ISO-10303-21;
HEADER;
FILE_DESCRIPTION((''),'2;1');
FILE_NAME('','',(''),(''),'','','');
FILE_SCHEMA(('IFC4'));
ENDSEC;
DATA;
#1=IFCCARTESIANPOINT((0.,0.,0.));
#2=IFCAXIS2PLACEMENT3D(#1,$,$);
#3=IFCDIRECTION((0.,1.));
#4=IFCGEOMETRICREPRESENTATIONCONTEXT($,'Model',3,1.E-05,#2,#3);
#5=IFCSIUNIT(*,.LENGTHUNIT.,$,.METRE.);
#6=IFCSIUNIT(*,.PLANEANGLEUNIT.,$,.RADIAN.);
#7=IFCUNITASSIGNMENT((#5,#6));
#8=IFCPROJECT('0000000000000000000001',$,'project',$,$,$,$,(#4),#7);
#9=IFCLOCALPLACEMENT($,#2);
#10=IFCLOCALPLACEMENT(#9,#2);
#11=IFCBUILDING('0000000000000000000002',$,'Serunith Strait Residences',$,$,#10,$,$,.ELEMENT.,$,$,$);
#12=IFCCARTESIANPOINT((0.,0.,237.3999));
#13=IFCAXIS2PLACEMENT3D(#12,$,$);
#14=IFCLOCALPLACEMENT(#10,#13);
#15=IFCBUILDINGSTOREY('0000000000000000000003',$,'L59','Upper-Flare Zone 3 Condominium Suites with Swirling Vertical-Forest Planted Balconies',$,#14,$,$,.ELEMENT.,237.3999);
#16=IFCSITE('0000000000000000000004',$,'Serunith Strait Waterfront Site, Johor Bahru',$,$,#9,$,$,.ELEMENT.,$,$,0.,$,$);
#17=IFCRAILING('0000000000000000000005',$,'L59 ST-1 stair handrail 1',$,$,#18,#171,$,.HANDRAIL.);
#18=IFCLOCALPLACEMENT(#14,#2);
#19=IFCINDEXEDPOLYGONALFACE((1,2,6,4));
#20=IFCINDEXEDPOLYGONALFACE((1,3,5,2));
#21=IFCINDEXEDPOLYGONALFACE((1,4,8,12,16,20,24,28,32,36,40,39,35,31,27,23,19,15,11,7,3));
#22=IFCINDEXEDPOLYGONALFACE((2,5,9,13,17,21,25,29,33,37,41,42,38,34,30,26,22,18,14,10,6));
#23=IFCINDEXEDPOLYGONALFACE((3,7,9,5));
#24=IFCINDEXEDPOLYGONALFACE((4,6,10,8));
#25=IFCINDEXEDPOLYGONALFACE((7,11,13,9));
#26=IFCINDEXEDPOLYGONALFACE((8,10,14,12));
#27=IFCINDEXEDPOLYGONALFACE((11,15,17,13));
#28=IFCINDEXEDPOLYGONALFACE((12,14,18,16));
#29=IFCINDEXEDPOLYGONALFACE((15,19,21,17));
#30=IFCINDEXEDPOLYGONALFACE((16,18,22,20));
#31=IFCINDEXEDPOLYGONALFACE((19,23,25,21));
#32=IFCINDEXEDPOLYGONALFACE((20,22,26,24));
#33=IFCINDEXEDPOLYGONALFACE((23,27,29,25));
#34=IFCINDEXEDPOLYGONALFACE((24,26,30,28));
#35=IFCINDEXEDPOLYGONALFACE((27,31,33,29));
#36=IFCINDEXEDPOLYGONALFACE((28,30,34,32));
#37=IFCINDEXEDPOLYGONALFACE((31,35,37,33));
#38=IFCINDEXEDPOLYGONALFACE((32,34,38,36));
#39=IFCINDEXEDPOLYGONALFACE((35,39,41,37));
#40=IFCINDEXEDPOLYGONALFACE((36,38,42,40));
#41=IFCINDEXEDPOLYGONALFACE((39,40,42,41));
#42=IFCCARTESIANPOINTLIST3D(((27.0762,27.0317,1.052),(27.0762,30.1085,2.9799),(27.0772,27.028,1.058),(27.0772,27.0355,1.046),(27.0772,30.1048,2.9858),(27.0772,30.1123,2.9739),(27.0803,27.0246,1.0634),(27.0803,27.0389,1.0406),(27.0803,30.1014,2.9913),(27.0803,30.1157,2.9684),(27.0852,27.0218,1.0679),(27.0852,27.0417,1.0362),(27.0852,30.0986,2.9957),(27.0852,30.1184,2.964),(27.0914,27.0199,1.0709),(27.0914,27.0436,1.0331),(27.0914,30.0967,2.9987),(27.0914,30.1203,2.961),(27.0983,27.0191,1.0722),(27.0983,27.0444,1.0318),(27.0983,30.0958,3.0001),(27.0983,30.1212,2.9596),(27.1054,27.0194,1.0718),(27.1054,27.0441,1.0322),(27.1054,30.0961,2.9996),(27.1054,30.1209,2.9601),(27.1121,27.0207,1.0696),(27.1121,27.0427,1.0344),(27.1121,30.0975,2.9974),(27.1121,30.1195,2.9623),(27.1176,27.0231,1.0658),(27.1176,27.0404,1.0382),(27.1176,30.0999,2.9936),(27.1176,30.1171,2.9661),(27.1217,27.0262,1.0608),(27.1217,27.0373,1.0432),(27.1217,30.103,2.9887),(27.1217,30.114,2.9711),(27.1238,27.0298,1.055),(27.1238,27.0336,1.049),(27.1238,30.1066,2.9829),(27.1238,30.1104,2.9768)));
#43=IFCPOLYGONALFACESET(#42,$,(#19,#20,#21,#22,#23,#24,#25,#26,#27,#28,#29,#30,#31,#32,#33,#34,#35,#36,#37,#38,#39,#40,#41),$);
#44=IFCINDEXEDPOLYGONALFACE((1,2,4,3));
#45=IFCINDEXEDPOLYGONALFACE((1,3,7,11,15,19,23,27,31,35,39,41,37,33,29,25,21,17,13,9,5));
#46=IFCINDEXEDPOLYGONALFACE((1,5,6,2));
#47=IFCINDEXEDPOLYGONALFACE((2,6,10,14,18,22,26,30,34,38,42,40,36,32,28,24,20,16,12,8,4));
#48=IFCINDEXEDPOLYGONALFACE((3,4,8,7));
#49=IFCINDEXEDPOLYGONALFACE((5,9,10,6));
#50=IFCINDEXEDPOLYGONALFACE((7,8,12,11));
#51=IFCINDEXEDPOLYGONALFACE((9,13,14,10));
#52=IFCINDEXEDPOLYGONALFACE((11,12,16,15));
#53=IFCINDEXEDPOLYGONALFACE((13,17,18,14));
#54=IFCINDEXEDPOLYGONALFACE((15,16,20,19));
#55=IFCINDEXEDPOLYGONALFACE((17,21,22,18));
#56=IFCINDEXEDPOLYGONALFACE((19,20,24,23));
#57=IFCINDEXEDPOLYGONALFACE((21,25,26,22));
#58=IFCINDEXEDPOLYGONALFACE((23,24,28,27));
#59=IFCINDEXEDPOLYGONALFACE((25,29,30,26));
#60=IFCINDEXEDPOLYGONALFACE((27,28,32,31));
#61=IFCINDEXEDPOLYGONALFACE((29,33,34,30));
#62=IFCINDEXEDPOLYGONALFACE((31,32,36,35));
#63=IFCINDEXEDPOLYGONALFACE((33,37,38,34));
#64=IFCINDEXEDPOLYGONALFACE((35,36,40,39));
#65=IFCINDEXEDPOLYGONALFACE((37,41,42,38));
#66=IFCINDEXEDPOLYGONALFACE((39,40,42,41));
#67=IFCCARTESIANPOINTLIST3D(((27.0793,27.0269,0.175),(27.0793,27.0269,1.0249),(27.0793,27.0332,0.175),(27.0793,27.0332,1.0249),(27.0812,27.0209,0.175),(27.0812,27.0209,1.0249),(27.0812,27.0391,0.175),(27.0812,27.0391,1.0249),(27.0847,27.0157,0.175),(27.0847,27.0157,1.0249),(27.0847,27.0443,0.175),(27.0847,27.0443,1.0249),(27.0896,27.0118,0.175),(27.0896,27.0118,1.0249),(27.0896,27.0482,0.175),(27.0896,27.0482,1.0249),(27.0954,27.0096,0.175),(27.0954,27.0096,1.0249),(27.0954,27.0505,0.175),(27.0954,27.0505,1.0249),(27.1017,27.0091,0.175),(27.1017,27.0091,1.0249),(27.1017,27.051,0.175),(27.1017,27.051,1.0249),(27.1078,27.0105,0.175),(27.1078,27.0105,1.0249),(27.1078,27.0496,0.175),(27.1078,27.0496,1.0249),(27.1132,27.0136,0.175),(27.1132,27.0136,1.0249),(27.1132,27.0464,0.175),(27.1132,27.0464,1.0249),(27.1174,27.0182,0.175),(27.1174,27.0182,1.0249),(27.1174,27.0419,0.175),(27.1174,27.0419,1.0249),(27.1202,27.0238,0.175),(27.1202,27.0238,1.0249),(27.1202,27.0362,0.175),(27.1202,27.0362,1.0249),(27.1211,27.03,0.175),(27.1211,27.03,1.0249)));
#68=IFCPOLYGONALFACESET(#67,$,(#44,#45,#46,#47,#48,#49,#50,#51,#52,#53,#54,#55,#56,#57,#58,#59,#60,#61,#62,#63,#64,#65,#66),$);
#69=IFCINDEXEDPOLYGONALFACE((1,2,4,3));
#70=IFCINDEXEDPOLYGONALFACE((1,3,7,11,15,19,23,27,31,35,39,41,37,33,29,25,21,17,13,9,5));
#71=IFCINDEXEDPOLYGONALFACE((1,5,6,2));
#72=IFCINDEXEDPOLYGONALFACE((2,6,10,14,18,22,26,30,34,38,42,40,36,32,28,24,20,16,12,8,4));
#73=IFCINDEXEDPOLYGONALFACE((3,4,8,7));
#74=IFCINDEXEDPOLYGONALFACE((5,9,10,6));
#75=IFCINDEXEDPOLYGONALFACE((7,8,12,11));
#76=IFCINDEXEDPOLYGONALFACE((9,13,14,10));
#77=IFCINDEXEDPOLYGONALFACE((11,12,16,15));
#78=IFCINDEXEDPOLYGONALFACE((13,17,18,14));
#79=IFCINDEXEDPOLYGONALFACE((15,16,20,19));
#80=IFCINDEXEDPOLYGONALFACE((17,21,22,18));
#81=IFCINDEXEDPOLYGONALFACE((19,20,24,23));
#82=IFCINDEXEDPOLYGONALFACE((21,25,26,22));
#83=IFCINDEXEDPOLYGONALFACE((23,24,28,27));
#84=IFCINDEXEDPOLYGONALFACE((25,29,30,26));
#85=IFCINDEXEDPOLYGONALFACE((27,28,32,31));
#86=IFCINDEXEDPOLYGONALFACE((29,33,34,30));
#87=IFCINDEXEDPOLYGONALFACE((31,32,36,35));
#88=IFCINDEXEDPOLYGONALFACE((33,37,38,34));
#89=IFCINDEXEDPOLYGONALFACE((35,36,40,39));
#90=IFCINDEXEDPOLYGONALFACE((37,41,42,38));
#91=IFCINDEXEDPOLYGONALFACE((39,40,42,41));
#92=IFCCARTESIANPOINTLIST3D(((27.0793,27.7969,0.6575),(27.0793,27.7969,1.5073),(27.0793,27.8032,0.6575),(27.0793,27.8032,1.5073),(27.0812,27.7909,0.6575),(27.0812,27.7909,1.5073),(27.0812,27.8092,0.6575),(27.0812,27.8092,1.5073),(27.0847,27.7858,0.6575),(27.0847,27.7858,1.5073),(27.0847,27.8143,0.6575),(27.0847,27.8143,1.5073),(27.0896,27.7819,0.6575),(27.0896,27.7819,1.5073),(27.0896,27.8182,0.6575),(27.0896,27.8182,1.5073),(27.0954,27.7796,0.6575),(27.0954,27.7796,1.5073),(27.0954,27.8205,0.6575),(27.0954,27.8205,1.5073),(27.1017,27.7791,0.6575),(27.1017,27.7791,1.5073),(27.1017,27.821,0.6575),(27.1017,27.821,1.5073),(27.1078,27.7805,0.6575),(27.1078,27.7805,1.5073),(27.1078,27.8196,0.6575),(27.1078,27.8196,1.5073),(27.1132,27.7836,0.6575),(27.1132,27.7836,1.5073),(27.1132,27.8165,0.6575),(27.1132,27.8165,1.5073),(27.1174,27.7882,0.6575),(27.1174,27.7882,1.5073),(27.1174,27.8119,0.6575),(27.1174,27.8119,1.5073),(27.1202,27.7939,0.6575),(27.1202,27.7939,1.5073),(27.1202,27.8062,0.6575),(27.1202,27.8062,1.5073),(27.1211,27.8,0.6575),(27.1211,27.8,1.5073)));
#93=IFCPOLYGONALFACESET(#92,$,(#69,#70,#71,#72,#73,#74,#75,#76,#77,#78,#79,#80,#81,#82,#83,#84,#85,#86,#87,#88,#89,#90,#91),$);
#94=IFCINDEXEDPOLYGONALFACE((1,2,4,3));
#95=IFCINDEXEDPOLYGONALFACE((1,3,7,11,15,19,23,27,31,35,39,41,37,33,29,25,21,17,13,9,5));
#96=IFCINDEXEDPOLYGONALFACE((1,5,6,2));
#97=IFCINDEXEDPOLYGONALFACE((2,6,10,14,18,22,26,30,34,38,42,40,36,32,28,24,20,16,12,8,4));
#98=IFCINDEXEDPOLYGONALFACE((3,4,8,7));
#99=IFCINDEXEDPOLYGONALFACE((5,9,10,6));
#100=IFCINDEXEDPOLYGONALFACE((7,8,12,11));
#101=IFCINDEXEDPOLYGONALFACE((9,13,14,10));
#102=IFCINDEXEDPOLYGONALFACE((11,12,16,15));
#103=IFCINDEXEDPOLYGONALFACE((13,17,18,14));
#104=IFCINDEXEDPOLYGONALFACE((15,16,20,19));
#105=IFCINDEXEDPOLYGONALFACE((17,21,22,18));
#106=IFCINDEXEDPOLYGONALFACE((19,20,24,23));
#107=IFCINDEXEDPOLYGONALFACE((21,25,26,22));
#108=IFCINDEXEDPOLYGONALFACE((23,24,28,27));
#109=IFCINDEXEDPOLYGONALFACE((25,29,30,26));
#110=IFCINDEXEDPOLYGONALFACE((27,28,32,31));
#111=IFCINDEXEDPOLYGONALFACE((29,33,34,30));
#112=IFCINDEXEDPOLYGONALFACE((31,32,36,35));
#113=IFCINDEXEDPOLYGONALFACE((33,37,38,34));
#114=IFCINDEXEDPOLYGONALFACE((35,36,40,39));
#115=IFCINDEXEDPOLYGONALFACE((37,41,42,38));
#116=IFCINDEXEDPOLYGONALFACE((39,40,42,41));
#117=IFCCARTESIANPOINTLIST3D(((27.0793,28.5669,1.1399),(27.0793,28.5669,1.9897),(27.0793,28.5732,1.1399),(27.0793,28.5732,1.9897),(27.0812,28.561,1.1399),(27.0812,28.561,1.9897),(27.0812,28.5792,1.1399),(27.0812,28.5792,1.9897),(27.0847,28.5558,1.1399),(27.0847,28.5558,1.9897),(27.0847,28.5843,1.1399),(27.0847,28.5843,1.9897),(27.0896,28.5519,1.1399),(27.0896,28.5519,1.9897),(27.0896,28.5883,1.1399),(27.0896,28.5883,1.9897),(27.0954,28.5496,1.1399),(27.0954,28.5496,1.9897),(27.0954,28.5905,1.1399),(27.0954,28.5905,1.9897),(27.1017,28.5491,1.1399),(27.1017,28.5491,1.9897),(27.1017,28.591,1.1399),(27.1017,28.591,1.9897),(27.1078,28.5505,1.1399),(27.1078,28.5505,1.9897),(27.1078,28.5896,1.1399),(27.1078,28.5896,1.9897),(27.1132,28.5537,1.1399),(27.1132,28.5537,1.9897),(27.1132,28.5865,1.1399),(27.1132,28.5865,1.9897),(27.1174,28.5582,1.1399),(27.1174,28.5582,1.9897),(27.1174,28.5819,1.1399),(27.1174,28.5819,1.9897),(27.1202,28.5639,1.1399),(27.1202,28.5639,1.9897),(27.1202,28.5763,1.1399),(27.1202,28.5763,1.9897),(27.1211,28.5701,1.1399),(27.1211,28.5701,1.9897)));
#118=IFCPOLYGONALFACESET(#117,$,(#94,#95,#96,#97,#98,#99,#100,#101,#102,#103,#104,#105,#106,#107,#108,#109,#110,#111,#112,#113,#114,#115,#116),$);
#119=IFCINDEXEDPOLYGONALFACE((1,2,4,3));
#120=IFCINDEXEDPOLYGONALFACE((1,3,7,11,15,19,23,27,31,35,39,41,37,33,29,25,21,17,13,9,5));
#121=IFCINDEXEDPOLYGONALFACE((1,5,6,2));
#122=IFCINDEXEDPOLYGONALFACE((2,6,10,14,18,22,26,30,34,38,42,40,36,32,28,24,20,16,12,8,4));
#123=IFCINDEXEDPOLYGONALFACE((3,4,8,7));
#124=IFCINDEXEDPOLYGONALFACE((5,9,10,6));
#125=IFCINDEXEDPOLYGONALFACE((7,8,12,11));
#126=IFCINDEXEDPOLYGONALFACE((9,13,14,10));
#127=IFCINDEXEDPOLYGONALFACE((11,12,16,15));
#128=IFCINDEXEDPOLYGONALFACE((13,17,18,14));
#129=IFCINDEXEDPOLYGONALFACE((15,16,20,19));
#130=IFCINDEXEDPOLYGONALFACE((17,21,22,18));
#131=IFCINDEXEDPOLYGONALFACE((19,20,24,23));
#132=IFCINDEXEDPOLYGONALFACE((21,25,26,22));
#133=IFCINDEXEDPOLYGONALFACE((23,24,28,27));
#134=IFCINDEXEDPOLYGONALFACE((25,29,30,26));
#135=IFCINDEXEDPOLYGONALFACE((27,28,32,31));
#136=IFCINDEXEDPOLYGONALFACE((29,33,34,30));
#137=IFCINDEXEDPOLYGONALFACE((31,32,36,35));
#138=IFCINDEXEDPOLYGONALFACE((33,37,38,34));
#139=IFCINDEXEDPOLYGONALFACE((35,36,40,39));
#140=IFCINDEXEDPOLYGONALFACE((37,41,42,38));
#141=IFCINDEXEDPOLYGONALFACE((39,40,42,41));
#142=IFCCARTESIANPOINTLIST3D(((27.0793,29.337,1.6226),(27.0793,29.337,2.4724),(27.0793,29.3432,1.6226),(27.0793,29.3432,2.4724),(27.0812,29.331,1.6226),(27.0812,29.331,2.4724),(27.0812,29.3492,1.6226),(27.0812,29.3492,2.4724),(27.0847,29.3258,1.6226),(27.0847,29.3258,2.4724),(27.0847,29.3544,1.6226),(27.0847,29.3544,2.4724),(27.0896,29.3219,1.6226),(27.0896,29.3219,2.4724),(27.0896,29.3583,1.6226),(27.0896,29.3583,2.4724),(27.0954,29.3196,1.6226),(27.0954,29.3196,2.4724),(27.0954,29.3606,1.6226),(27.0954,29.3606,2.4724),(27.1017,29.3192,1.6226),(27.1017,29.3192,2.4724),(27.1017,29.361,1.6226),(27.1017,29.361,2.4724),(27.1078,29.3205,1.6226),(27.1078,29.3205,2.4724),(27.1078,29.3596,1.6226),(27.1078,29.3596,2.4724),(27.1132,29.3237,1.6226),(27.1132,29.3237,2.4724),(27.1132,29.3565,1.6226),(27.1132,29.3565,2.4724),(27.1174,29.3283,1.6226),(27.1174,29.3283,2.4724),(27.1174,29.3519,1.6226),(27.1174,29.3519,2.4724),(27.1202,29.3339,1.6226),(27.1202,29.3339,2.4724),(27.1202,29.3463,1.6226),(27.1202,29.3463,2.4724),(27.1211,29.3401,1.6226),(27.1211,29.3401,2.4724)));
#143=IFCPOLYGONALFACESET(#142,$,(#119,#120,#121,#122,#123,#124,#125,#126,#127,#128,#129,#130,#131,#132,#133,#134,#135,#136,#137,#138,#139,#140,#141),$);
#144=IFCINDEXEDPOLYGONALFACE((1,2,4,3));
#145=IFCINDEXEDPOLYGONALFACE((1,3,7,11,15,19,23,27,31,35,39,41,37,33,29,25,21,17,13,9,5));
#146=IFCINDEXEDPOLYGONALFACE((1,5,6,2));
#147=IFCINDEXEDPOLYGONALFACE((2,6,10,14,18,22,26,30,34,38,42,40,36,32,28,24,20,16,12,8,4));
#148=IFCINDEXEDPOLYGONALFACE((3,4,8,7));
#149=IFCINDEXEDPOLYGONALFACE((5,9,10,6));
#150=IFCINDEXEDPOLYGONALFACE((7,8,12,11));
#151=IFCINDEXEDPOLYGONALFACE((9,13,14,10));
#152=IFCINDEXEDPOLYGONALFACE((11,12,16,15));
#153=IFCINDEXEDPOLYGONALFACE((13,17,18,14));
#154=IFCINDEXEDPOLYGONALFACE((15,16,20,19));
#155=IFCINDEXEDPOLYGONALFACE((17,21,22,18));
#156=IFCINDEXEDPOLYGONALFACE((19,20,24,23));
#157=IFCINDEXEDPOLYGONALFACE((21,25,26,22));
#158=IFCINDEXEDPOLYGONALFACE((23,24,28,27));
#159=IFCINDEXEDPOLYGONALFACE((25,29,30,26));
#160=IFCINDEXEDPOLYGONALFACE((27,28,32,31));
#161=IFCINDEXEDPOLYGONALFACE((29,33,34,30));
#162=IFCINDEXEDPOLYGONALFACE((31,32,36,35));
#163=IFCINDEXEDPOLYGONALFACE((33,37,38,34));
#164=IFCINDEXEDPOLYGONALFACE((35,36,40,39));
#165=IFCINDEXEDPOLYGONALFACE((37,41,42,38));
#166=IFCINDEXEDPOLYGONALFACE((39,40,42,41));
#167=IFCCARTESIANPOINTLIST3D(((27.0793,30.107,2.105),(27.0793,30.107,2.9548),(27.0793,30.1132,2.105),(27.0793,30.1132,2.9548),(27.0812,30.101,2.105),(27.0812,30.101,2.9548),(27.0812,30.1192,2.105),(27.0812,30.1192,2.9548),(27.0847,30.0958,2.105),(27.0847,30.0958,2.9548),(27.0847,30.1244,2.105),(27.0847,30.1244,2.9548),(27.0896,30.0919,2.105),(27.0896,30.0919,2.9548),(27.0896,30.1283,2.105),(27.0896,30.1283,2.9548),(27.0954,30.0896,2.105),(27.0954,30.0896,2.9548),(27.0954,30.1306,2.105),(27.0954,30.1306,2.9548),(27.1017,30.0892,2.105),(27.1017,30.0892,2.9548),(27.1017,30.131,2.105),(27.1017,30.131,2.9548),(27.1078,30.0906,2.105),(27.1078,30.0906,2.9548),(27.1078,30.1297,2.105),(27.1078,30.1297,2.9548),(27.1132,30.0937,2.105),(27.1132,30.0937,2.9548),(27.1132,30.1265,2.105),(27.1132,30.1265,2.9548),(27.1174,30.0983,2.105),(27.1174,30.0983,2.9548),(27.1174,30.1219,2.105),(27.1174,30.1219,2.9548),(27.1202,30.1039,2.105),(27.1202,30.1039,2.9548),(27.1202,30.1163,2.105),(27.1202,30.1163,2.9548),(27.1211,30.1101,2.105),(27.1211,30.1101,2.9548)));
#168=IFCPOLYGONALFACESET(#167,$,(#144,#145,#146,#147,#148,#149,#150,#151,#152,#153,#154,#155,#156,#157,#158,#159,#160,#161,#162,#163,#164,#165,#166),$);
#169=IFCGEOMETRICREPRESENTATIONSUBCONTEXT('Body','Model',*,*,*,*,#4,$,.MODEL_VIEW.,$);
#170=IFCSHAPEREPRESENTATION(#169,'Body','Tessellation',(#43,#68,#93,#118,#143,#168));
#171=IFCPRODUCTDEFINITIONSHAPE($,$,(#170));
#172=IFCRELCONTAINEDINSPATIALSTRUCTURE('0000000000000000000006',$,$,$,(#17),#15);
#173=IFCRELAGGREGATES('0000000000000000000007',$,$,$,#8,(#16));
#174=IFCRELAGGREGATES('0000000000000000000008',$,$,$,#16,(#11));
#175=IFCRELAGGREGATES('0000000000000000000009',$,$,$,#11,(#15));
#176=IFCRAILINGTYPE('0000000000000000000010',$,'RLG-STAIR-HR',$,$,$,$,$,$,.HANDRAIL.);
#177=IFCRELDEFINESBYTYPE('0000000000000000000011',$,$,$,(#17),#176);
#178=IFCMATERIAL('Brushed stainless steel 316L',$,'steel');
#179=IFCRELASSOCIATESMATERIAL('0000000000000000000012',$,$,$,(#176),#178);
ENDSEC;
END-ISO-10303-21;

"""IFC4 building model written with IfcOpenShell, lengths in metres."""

from ifc_helpers import new_model, si_unit, direction, frame, origin, origin_2d, place, context, subcontext, project, spatial, circle, extrude, material, type_object, element, save


model = new_model("IFC4")

# Units and contexts
model_context = context("Model", 3, precision=1e-05, world=origin(), true_north=direction((0.0, 1.0)))
body_context = subcontext(model_context, "Body", "Model", "MODEL_VIEW")
ifc_project = project(units=[si_unit("LENGTHUNIT", "METRE"), si_unit("PLANEANGLEUNIT", "RADIAN")], contexts=[model_context])

# Site, building, storey
site_placement = place(None, origin())
site = spatial("IfcSite", under=ifc_project, at=site_placement, Name="Serunith Strait Waterfront Site, Johor Bahru", CompositionType="ELEMENT", RefElevation=0.0)
building_placement = place(site_placement, origin())
building = spatial("IfcBuilding", under=site, at=building_placement, Name="Serunith Strait Residences", CompositionType="ELEMENT")
storey_placement = place(building_placement, frame((0.0, 0.0, 237.3999)))
storey = spatial("IfcBuildingStorey", under=building, at=storey_placement, Name="L59", Description="Upper-Flare Zone 3 Condominium Suites with Swirling Vertical-Forest Planted Balconies", CompositionType="ELEMENT", Elevation=237.3999)

# Railing
ifc_material_1 = material(Name="Brushed stainless steel 316L", Category="steel")
railing_type_1 = type_object("IfcRailingType", Name="RLG-STAIR-HR", PredefinedType="HANDRAIL", material=ifc_material_1)
railing_1_placement = place(storey_placement, frame((27.1001, 27.03, 0.175)))
element("IfcRailing", 1, at=railing_1_placement, inside=storey, type_object=railing_type_1, Name="L59 ST-1 stair handrail 1", PredefinedType="HANDRAIL", context=body_context, shape_type="SweptSolid", body=[
    extrude(circle(Radius=0.0239, at=origin_2d()), frame((0.0, 0.0017, 0.877), z_axis=(0.0, 0.847394, 0.530965), x_axis=(-1.0, 0.0, 0.0)), (0.0, 0.0, 1.0), 3.6309),
    extrude(circle(Radius=0.021, at=origin_2d()), origin(), (0.0, 0.0, 1.0), 0.8499),
    extrude(circle(Radius=0.021, at=origin_2d()), frame((0.0, 0.77, 0.4824)), (0.0, 0.0, 1.0), 0.8499),
    extrude(circle(Radius=0.021, at=origin_2d()), frame((0.0, 1.54, 0.9648)), (0.0, 0.0, 1.0), 0.8499),
    extrude(circle(Radius=0.021, at=origin_2d()), frame((0.0, 2.3101, 1.4475)), (0.0, 0.0, 1.0), 0.8499),
    extrude(circle(Radius=0.021, at=origin_2d()), frame((0.0, 3.0801, 1.9299)), (0.0, 0.0, 1.0), 0.8499),
])

save(model, "model.ifc")
